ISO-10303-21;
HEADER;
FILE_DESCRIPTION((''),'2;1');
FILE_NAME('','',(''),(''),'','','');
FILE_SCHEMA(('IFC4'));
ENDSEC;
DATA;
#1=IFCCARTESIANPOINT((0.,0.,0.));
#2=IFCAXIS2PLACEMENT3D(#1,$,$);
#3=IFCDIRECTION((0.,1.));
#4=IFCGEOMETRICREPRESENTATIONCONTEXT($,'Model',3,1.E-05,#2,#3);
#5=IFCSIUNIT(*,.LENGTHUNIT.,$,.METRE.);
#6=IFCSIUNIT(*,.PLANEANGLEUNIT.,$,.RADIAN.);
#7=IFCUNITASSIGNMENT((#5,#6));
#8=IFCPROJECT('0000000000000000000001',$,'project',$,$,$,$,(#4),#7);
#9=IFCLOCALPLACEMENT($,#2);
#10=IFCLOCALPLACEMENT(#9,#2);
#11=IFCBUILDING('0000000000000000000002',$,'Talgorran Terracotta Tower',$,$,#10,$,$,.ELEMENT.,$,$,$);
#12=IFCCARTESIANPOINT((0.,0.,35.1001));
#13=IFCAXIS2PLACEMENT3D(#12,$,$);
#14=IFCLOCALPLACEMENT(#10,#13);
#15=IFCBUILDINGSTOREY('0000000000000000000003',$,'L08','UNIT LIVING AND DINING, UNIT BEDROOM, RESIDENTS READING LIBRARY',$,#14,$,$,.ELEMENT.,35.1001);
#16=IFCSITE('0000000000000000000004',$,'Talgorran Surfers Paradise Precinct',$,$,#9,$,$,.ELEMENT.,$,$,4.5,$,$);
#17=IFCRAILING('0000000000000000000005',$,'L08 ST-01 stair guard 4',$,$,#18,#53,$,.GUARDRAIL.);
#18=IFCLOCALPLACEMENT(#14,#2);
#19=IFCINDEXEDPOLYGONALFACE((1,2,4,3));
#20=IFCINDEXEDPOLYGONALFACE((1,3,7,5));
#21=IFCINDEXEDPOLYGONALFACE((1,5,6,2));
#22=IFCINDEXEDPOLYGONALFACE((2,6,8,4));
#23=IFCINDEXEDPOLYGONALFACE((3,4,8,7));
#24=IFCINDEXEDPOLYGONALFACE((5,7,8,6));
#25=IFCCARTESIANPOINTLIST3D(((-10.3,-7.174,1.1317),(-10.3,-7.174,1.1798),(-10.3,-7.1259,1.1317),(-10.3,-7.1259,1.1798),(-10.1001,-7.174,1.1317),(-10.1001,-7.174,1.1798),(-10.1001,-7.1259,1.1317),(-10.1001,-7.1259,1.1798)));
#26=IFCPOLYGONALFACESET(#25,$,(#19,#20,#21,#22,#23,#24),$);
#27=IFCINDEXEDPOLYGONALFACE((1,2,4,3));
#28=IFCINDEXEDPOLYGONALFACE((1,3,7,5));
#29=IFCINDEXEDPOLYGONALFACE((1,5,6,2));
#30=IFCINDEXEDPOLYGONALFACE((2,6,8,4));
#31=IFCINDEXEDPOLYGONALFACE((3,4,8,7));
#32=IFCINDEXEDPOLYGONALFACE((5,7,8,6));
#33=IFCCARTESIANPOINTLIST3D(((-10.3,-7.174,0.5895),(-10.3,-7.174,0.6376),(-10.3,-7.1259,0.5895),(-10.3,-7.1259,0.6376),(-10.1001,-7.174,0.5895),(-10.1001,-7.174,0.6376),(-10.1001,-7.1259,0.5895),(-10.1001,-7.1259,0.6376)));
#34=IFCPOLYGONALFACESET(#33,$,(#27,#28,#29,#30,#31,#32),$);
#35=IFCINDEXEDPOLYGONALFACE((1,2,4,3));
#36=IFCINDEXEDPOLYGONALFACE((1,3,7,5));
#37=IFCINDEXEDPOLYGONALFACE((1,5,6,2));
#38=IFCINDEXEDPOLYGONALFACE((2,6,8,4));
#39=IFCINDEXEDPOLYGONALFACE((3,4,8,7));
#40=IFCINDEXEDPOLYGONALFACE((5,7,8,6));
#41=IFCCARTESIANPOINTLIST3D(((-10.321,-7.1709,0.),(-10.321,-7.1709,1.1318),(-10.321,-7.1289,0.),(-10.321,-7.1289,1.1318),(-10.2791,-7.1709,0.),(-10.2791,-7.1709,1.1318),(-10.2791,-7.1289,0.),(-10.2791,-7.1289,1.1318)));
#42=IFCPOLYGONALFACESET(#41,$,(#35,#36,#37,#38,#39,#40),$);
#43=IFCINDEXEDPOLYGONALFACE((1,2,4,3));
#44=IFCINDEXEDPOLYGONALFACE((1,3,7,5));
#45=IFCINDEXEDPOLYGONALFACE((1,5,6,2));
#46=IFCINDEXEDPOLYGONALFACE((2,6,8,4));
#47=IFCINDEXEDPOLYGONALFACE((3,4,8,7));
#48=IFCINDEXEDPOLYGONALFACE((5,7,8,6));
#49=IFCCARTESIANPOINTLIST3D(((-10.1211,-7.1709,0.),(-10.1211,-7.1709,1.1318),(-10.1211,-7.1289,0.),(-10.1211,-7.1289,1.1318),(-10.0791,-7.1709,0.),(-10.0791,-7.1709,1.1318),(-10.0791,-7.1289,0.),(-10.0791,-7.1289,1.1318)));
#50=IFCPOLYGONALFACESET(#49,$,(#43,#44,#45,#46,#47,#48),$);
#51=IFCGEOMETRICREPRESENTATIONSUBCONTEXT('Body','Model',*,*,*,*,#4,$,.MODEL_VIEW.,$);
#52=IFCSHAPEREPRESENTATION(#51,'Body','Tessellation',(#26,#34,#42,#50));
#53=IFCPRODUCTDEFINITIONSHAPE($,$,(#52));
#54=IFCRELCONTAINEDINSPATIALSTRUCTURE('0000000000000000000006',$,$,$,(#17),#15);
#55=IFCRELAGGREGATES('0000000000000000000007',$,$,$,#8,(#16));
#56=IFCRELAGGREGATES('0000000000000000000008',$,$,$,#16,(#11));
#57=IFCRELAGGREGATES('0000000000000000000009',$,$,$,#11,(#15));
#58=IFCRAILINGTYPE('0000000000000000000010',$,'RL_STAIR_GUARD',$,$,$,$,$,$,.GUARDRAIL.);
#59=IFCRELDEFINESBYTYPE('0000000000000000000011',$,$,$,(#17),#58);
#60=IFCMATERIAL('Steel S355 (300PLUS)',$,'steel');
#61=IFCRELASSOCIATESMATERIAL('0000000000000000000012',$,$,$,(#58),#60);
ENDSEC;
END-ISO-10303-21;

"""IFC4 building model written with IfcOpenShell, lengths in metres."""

from ifc_helpers import new_model, si_unit, direction, frame, origin, origin_2d, place, context, subcontext, project, spatial, rectangle, extrude, material, type_object, element, save


model = new_model("IFC4")

# Units and contexts
model_context = context("Model", 3, precision=1e-05, world=origin(), true_north=direction((0.0, 1.0)))
body_context = subcontext(model_context, "Body", "Model", "MODEL_VIEW")
ifc_project = project(units=[si_unit("LENGTHUNIT", "METRE"), si_unit("PLANEANGLEUNIT", "RADIAN")], contexts=[model_context])

# Site, building, storey
site_placement = place(None, origin())
site = spatial("IfcSite", under=ifc_project, at=site_placement, Name="Talgorran Surfers Paradise Precinct", CompositionType="ELEMENT", RefElevation=4.5)
building_placement = place(site_placement, origin())
building = spatial("IfcBuilding", under=site, at=building_placement, Name="Talgorran Terracotta Tower", CompositionType="ELEMENT")
storey_placement = place(building_placement, frame((0.0, 0.0, 35.1001)))
storey = spatial("IfcBuildingStorey", under=building, at=storey_placement, Name="L08", Description="UNIT LIVING AND DINING, UNIT BEDROOM, RESIDENTS READING LIBRARY", CompositionType="ELEMENT", Elevation=35.1001)

# Shared definitions
ifc_material_1 = material(Name="Steel S355 (300PLUS)", Category="steel")

# Railing
railing_type_1 = type_object("IfcRailingType", Name="RL_STAIR_GUARD", PredefinedType="GUARDRAIL", material=ifc_material_1)
railing_1_placement = place(storey_placement, frame((-10.3, -7.1499, 0.0)))
element("IfcRailing", 1, at=railing_1_placement, inside=storey, type_object=railing_type_1, Name="L08 ST-01 stair guard 4", PredefinedType="GUARDRAIL", context=body_context, shape_type="SweptSolid", body=[
    extrude(rectangle(XDim=0.0481, YDim=0.0481, at=origin_2d()), frame((0.0, 0.0, 1.1558), z_axis=(1.0, 0.0, 0.0), x_axis=(0.0, 1.0, 0.0)), (0.0, 0.0, 1.0), 0.2),
    extrude(rectangle(XDim=0.0481, YDim=0.0481, at=origin_2d()), frame((0.0, 0.0, 0.6135), z_axis=(1.0, 0.0, 0.0), x_axis=(0.0, 1.0, 0.0)), (0.0, 0.0, 1.0), 0.2),
    extrude(rectangle(XDim=0.042, YDim=0.042, at=origin_2d()), origin(), (0.0, 0.0, 1.0), 1.1318),
    extrude(rectangle(XDim=0.042, YDim=0.042, at=origin_2d()), frame((0.2, 0.0, 0.0)), (0.0, 0.0, 1.0), 1.1318),
])

save(model, "model.ifc")
